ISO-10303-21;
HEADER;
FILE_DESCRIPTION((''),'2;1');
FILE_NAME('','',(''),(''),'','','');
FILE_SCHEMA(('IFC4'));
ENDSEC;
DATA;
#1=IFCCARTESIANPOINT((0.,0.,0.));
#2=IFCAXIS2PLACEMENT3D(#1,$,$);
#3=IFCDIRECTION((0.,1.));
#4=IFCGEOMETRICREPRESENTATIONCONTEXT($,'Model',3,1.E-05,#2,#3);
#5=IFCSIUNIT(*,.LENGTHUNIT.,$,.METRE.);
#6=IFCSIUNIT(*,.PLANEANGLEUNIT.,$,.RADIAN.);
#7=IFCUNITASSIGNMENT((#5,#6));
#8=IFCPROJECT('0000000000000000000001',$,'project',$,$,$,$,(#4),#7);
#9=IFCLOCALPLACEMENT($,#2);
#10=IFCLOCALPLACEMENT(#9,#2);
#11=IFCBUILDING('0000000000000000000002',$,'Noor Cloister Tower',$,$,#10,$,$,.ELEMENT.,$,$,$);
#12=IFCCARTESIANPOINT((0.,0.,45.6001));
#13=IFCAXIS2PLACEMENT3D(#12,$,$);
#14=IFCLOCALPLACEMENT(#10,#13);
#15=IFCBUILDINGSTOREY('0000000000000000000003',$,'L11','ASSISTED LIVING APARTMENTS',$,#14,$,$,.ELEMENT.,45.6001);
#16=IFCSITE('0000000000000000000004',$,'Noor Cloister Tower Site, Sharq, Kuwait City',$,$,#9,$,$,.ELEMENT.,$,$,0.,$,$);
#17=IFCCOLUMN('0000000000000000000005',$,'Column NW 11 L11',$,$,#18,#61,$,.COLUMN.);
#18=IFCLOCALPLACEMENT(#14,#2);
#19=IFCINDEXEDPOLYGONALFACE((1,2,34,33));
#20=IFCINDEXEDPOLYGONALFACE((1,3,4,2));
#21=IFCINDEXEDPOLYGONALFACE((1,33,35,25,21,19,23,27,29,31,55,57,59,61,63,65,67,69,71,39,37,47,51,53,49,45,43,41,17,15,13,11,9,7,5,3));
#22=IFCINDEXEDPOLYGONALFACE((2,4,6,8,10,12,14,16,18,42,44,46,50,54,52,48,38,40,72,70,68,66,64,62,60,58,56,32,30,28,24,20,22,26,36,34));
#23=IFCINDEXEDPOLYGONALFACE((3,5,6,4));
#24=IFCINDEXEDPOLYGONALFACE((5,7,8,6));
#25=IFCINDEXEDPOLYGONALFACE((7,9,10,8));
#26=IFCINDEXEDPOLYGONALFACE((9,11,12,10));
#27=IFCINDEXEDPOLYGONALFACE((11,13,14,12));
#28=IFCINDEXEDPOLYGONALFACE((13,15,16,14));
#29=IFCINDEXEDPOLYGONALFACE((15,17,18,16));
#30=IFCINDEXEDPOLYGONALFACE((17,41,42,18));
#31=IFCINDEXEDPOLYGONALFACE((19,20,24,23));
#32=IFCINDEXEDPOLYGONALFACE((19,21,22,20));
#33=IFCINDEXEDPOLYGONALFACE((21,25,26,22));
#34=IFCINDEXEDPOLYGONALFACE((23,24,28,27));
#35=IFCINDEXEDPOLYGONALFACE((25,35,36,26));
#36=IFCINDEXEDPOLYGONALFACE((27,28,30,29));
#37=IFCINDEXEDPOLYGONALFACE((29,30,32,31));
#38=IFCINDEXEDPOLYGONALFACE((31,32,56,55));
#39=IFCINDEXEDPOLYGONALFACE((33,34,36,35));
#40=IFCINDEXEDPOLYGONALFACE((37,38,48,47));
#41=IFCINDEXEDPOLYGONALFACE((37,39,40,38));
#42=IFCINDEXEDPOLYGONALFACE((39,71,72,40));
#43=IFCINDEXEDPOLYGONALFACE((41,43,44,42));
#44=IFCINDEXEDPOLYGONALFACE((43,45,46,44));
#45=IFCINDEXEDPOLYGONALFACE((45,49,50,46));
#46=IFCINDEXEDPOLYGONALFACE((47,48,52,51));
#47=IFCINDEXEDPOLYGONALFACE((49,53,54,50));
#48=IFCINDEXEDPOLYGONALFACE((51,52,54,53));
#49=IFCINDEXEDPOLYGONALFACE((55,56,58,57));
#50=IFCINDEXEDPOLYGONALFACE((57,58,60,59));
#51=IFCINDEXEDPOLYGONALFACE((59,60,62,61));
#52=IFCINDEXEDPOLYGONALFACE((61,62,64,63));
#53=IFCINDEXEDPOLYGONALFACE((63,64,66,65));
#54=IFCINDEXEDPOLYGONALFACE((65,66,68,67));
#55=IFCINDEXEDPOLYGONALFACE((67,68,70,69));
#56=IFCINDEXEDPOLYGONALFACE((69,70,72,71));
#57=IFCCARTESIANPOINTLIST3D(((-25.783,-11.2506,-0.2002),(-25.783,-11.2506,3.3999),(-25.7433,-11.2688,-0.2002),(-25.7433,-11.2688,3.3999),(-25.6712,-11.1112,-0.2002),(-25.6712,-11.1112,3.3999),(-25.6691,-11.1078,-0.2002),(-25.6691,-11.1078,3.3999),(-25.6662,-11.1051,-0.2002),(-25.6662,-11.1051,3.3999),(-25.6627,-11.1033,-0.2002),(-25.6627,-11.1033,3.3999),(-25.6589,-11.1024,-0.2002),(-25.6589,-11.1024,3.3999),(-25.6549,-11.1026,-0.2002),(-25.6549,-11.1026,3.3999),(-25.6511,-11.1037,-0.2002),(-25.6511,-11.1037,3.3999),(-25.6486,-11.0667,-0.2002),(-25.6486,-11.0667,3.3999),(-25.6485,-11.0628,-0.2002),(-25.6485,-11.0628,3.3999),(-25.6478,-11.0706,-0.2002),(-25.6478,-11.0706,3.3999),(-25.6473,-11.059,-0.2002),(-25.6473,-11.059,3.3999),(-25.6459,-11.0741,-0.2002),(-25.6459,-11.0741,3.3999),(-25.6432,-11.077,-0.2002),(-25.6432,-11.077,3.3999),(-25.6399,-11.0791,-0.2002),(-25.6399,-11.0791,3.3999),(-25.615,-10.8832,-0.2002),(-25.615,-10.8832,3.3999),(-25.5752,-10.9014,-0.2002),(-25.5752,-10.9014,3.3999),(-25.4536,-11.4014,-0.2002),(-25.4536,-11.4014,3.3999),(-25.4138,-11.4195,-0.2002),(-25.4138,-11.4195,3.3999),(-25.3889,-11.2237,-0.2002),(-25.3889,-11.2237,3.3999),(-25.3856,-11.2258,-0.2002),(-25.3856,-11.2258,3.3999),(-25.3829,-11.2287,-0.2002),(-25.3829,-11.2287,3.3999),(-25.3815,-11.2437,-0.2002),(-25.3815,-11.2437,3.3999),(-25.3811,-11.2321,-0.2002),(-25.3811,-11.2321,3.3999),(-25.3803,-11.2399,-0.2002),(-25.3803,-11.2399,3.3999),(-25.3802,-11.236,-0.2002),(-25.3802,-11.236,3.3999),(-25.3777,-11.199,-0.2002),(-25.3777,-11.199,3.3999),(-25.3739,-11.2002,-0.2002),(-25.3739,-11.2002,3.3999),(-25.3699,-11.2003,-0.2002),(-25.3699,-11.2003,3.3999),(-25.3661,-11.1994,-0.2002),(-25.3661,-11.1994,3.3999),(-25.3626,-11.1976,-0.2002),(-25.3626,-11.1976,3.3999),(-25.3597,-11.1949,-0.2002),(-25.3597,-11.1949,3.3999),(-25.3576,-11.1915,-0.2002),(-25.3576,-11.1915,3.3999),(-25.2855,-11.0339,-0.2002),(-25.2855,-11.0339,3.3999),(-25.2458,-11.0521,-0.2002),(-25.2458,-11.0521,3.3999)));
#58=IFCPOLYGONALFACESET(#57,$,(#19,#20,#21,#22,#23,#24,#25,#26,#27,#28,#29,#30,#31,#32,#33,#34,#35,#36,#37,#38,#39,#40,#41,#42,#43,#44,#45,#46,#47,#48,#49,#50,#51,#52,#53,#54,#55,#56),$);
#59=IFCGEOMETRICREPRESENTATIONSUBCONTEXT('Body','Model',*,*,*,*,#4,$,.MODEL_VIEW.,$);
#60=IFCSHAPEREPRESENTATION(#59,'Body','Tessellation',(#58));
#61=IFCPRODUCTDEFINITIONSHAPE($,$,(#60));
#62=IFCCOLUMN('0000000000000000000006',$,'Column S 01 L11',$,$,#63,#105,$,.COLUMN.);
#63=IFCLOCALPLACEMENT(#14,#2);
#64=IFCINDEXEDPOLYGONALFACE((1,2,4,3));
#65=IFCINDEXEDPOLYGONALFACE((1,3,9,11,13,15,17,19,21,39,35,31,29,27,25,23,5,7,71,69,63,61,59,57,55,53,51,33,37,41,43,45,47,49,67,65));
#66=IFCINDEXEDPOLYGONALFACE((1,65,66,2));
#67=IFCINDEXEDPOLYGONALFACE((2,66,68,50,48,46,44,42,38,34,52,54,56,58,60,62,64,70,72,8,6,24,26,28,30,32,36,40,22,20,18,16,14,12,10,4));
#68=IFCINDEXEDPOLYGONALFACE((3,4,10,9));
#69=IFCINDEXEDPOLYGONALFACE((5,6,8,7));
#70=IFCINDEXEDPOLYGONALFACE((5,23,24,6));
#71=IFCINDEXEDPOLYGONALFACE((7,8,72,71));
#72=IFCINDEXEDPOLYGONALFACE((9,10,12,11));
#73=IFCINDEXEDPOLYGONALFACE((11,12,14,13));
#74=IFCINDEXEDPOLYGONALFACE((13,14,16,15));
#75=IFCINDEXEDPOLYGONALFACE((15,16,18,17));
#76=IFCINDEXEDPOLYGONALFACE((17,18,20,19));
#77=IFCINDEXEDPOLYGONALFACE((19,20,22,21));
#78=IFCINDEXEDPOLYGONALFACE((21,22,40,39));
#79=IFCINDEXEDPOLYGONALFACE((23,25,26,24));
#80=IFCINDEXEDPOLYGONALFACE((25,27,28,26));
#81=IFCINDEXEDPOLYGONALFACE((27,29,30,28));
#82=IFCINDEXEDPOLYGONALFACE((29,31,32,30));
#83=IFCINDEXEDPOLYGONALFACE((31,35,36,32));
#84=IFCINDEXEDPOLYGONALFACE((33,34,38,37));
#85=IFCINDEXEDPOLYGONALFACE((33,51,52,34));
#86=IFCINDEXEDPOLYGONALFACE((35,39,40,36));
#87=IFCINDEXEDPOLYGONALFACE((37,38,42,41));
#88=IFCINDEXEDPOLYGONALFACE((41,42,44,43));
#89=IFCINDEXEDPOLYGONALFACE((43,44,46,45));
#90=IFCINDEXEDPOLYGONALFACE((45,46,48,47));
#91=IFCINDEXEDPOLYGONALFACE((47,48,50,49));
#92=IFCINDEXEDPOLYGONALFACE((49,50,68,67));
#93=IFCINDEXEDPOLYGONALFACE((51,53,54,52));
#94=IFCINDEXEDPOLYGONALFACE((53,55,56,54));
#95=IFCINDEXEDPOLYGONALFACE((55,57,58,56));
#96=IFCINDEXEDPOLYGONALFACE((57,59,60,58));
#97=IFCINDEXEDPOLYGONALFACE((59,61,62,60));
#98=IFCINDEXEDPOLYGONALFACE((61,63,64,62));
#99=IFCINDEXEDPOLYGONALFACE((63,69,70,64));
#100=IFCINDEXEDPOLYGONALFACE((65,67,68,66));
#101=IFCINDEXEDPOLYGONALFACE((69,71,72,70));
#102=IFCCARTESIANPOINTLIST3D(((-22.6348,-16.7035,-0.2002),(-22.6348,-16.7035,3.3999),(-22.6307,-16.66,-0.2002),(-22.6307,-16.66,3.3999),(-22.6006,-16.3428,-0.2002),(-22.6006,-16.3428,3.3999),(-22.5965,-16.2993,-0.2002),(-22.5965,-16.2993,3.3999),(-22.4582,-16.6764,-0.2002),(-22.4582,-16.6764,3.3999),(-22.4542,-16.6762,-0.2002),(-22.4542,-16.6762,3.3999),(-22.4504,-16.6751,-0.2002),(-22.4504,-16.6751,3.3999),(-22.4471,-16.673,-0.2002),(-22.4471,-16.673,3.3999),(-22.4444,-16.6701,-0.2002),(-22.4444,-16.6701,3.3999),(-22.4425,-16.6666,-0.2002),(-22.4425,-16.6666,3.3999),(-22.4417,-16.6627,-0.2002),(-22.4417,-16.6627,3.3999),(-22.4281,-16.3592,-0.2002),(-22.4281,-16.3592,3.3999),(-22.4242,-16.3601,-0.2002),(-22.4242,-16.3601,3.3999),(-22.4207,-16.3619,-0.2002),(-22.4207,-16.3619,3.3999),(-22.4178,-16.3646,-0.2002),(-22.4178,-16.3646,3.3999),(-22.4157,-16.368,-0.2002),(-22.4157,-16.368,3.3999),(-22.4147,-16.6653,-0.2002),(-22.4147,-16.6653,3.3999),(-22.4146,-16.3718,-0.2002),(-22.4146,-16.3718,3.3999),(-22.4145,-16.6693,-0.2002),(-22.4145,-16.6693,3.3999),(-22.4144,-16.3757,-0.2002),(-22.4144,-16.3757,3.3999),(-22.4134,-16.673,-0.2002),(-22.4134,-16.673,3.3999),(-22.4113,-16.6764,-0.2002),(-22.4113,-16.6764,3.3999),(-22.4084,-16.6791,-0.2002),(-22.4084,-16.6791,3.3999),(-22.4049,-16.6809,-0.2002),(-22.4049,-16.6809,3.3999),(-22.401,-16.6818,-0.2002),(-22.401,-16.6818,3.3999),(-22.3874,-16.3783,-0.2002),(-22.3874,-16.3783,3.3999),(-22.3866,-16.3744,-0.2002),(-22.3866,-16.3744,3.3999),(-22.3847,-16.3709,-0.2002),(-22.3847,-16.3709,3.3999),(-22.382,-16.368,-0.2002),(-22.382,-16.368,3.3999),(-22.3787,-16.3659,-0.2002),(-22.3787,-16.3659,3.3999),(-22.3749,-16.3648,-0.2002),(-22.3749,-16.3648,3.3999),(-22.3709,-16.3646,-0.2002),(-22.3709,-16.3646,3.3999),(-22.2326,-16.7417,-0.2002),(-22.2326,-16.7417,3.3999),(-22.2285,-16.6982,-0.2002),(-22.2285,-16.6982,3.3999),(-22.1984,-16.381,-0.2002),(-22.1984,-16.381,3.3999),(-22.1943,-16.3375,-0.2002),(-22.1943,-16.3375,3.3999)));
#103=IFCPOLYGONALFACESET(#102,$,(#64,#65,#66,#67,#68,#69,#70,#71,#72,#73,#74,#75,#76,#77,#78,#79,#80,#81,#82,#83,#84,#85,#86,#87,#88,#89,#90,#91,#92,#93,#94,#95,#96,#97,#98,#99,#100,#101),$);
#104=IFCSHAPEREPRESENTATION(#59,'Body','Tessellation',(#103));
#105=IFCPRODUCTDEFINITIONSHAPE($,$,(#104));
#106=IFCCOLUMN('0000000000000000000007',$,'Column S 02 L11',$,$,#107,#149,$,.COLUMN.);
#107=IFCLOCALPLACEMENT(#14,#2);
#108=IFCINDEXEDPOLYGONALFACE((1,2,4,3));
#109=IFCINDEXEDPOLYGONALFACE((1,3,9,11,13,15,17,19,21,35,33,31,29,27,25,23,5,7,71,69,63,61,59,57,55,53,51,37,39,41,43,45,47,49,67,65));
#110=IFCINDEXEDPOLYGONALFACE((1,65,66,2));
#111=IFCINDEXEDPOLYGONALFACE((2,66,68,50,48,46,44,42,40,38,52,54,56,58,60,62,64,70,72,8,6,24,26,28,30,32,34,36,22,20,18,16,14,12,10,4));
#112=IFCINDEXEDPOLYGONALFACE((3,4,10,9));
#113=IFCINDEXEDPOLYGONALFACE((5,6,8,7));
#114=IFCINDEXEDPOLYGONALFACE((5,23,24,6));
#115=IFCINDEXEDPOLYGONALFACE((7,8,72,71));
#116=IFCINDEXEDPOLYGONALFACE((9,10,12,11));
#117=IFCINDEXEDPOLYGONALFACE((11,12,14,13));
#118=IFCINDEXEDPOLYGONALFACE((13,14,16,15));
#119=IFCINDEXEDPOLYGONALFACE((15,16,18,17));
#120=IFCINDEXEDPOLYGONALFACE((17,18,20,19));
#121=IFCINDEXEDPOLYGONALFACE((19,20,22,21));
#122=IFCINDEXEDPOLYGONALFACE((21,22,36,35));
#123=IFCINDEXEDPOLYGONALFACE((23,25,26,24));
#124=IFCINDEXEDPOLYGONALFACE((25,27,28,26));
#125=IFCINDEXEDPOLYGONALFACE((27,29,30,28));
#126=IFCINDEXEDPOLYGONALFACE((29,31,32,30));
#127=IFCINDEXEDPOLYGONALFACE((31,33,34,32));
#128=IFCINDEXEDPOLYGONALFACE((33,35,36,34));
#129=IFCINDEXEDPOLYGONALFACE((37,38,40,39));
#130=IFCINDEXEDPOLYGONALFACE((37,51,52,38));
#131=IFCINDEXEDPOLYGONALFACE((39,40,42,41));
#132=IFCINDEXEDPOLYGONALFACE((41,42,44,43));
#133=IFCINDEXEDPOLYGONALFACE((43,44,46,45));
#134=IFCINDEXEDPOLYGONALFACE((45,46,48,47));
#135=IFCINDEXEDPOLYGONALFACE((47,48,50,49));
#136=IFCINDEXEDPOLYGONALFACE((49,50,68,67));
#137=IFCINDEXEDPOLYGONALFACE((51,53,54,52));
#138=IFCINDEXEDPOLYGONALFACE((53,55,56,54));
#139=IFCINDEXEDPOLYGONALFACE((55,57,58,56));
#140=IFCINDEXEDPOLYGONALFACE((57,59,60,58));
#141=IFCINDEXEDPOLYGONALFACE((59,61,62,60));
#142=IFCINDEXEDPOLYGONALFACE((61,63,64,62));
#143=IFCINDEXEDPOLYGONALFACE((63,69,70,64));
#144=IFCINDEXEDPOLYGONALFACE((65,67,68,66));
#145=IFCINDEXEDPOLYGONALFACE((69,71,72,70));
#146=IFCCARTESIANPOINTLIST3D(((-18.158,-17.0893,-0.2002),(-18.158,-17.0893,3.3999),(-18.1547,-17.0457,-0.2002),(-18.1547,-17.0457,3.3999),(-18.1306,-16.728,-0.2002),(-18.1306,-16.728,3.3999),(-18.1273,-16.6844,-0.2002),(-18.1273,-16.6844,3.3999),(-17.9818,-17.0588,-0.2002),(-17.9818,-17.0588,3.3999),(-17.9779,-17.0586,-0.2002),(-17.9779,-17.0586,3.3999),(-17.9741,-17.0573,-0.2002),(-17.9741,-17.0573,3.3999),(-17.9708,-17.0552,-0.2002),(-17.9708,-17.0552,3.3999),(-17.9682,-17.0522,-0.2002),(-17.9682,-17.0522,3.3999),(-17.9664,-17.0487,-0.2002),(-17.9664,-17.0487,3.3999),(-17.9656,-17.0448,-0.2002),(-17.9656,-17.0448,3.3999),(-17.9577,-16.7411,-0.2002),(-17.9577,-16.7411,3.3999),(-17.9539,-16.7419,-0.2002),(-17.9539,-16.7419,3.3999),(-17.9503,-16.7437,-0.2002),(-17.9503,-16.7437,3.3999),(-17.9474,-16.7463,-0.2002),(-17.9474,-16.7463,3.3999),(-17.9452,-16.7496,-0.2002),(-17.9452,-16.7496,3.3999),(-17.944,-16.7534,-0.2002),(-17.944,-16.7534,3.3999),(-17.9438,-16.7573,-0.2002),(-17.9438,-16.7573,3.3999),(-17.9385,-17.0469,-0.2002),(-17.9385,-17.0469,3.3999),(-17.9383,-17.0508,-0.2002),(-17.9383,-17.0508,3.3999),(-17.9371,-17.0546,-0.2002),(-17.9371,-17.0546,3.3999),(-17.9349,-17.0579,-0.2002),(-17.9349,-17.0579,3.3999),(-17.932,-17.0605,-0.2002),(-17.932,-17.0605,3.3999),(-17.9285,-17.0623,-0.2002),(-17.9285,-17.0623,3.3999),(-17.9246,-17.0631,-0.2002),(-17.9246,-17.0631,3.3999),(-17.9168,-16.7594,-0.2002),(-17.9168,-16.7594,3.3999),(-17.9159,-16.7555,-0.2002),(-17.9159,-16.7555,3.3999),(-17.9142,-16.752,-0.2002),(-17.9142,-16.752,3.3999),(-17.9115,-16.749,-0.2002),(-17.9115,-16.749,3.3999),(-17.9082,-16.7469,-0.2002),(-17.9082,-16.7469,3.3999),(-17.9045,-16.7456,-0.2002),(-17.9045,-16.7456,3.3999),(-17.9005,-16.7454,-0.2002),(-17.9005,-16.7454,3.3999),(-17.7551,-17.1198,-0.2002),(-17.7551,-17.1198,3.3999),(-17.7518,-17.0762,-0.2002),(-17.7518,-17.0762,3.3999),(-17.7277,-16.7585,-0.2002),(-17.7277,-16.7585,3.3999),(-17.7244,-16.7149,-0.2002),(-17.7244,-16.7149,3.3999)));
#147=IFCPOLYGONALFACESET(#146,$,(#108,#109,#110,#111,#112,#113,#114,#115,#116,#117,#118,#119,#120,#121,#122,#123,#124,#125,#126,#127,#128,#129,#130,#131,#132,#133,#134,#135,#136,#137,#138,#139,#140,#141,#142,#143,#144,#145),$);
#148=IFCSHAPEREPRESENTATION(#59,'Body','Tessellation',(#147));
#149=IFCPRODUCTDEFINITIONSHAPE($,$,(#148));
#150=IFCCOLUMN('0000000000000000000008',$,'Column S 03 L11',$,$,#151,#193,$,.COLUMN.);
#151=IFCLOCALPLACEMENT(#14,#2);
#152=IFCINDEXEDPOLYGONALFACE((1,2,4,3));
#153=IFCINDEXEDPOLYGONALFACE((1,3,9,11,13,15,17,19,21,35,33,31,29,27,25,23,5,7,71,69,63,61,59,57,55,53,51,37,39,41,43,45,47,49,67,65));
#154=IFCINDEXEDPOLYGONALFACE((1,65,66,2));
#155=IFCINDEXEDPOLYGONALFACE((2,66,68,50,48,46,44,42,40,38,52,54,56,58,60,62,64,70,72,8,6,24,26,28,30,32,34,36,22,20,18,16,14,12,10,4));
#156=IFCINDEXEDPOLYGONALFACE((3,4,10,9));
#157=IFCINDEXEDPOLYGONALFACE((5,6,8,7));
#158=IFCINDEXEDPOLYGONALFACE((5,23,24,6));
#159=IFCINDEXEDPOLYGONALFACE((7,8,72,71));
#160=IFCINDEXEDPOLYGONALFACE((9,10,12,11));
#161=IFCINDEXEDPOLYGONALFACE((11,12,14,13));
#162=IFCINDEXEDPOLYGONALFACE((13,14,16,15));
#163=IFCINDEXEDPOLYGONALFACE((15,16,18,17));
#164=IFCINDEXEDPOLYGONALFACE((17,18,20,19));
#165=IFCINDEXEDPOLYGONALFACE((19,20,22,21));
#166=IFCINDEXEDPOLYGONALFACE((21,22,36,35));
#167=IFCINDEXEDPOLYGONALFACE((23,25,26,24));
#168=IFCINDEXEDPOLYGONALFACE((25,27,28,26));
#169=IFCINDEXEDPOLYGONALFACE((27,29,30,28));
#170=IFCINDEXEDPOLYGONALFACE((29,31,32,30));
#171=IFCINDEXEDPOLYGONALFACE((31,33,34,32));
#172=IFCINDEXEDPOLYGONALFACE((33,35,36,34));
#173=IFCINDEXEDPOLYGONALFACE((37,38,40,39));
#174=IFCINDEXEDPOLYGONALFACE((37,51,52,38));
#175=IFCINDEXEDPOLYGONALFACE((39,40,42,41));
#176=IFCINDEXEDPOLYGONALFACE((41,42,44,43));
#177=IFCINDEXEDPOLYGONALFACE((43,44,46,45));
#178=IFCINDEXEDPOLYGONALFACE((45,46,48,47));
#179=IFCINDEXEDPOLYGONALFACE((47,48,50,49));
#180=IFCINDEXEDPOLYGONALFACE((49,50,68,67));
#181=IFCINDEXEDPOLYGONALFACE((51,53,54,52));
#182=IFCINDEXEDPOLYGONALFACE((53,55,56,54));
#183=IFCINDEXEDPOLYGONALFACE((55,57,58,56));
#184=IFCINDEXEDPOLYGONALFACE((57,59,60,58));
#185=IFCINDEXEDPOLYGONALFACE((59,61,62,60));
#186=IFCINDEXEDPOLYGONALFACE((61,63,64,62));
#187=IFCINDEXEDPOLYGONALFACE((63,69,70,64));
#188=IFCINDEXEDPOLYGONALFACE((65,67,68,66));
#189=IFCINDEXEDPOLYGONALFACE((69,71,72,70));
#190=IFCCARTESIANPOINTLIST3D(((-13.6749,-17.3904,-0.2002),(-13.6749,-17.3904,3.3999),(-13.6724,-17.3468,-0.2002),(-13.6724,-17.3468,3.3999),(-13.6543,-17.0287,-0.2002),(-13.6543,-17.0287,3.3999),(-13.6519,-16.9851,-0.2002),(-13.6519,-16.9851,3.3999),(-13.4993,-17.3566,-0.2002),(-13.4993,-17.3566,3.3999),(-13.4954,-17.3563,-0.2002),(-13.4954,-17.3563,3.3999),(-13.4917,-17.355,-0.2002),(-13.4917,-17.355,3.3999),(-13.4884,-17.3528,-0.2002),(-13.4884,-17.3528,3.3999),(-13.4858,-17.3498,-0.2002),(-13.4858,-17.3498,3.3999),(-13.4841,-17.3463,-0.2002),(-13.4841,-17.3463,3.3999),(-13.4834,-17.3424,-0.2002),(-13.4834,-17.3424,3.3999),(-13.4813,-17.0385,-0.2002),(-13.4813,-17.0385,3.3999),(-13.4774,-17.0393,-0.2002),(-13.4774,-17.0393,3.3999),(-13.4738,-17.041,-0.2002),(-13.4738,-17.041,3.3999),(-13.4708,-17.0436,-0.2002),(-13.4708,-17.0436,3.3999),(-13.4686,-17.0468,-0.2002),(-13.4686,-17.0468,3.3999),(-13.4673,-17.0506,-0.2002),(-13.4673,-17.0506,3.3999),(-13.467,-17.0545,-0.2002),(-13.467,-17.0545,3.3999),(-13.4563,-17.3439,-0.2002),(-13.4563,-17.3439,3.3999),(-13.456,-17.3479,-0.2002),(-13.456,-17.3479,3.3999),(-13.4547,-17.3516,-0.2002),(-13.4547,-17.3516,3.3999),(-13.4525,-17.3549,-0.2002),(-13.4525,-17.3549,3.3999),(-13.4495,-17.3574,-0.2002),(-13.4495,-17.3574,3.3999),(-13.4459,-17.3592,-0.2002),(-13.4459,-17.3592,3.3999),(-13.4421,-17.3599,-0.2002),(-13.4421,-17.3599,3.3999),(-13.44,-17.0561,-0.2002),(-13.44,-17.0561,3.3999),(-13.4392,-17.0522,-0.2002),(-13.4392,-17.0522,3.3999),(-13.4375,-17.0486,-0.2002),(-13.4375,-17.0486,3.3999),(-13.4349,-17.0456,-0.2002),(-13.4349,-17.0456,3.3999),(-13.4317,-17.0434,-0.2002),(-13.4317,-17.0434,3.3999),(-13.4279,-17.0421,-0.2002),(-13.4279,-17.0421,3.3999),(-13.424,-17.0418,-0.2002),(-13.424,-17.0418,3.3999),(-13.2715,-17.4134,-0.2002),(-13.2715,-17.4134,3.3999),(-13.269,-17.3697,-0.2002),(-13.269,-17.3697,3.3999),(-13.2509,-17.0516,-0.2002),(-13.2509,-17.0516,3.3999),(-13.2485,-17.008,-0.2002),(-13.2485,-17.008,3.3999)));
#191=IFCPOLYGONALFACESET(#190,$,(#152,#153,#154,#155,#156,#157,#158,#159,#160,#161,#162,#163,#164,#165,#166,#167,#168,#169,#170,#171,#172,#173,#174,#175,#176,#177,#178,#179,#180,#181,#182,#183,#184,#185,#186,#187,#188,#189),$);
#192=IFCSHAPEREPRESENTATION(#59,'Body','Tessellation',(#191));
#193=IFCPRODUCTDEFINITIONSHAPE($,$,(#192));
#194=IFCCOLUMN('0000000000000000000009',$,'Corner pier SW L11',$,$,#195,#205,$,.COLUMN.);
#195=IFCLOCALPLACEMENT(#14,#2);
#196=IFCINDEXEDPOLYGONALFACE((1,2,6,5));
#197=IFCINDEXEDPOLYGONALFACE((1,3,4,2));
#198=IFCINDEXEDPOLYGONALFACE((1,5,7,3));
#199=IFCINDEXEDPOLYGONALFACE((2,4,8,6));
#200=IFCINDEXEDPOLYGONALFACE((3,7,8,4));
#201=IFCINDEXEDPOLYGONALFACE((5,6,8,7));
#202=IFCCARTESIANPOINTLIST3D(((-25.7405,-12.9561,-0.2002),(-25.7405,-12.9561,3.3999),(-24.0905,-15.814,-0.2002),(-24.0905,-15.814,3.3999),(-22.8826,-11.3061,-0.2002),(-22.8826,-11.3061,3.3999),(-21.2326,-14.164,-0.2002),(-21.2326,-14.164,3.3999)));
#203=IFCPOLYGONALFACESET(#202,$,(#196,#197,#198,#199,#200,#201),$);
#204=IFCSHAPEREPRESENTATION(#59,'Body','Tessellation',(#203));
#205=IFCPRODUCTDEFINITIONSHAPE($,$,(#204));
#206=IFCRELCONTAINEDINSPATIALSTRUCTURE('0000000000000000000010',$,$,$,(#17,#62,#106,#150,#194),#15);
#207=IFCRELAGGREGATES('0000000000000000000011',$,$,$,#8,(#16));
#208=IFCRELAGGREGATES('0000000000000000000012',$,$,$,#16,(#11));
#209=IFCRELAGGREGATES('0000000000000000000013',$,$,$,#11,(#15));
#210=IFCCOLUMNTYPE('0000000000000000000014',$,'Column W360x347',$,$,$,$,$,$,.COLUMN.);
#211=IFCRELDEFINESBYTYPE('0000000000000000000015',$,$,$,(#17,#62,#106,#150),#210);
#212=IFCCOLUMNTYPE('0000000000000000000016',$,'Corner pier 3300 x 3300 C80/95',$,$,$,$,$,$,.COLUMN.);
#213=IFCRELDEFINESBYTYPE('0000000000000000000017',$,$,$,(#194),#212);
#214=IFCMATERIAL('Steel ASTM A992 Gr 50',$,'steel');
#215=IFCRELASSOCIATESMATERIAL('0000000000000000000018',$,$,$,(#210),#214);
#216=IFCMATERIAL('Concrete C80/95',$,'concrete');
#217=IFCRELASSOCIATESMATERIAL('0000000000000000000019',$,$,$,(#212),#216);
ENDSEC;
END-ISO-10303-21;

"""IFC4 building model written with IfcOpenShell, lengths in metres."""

from ifc_helpers import new_model, si_unit, direction, frame, origin, origin_2d, place, context, subcontext, project, spatial, rectangle, i_section, extrude, material, material_profile, profile_set, type_object, element, save


model = new_model("IFC4")

# Units and contexts
model_context = context("Model", 3, precision=1e-05, world=origin(), true_north=direction((0.0, 1.0)))
body_context = subcontext(model_context, "Body", "Model", "MODEL_VIEW")
ifc_project = project(units=[si_unit("LENGTHUNIT", "METRE"), si_unit("PLANEANGLEUNIT", "RADIAN")], contexts=[model_context])

# Site, building, storey
site_placement = place(None, origin())
site = spatial("IfcSite", under=ifc_project, at=site_placement, Name="Noor Cloister Tower Site, Sharq, Kuwait City", CompositionType="ELEMENT", RefElevation=0.0)
building_placement = place(site_placement, origin())
building = spatial("IfcBuilding", under=site, at=building_placement, Name="Noor Cloister Tower", CompositionType="ELEMENT")
storey_placement = place(building_placement, frame((0.0, 0.0, 45.6001)))
storey = spatial("IfcBuildingStorey", under=building, at=storey_placement, Name="L11", Description="ASSISTED LIVING APARTMENTS", CompositionType="ELEMENT", Elevation=45.6001)

# Columns
ifc_material_1 = material(Name="Steel ASTM A992 Gr 50", Category="steel")
ifc_material_profile_1 = material_profile(ifc_material_1, i_section(OverallWidth=0.4041, OverallDepth=0.406, WebThickness=0.0271, FlangeThickness=0.0437, FilletRadius=0.0151, at=origin_2d()), Name="W360x347")
ifc_profile_set_1 = profile_set([ifc_material_profile_1], Name="Steel ASTM A992 Gr 50")
column_type_1 = type_object("IfcColumnType", Name="Column W360x347", PredefinedType="COLUMN", material=ifc_profile_set_1)
for number, where, z_axis, x_axis, name in (
    (1, (-25.5144, -11.1514, -0.2002), (0.0, 0.0, 1.0), (-0.415979, -0.909374, 0.0), "Column NW 11 L11"),
    (2, (-22.4146, -16.5205, -0.2002), (0.0, 0.0, 1.0), (0.995531, -0.094439, 0.0), "Column S 01 L11"),
    (3, (-17.9412, -16.9021, -0.2002), (0.0, 0.0, 1.0), (0.997139, -0.075591, 0.0), "Column S 02 L11"),
    (4, (-13.4617, -17.1992, -0.2002), (0.0, 0.0, 1.0), (0.99839, -0.056717, 0.0), "Column S 03 L11"),
):
    element("IfcColumn", number, at=place(storey_placement, frame(where, z_axis=z_axis, x_axis=x_axis)), inside=storey, type_object=column_type_1, Name=name, PredefinedType="COLUMN", context=body_context, shape_type="SweptSolid", body=[
        extrude(i_section(OverallWidth=0.4041, OverallDepth=0.406, WebThickness=0.0271, FlangeThickness=0.0437, FilletRadius=0.0151, at=origin_2d()), origin(), (0.0, 0.0, 1.0), 3.6001),
    ])
ifc_material_2 = material(Name="Concrete C80/95", Category="concrete")
ifc_material_profile_2 = material_profile(ifc_material_2, rectangle(XDim=3.3, YDim=3.3, at=origin_2d()), Name="RC 3300x3300")
ifc_profile_set_2 = profile_set([ifc_material_profile_2], Name="Concrete C80/95")
column_type_2 = type_object("IfcColumnType", Name="Corner pier 3300 x 3300 C80/95", PredefinedType="COLUMN", material=ifc_profile_set_2)
column_placement = place(storey_placement, frame((-23.4866, -13.5601, -0.2002), z_axis=(0.0, 0.0, 1.0), x_axis=(-0.866025, -0.5, 0.0)))
element("IfcColumn", 5, at=column_placement, inside=storey, type_object=column_type_2, Name="Corner pier SW L11", PredefinedType="COLUMN", context=body_context, shape_type="SweptSolid", body=[
    extrude(rectangle(XDim=3.3, YDim=3.3, at=origin_2d()), origin(), (0.0, 0.0, 1.0), 3.6001),
])

save(model, "model.ifc")
